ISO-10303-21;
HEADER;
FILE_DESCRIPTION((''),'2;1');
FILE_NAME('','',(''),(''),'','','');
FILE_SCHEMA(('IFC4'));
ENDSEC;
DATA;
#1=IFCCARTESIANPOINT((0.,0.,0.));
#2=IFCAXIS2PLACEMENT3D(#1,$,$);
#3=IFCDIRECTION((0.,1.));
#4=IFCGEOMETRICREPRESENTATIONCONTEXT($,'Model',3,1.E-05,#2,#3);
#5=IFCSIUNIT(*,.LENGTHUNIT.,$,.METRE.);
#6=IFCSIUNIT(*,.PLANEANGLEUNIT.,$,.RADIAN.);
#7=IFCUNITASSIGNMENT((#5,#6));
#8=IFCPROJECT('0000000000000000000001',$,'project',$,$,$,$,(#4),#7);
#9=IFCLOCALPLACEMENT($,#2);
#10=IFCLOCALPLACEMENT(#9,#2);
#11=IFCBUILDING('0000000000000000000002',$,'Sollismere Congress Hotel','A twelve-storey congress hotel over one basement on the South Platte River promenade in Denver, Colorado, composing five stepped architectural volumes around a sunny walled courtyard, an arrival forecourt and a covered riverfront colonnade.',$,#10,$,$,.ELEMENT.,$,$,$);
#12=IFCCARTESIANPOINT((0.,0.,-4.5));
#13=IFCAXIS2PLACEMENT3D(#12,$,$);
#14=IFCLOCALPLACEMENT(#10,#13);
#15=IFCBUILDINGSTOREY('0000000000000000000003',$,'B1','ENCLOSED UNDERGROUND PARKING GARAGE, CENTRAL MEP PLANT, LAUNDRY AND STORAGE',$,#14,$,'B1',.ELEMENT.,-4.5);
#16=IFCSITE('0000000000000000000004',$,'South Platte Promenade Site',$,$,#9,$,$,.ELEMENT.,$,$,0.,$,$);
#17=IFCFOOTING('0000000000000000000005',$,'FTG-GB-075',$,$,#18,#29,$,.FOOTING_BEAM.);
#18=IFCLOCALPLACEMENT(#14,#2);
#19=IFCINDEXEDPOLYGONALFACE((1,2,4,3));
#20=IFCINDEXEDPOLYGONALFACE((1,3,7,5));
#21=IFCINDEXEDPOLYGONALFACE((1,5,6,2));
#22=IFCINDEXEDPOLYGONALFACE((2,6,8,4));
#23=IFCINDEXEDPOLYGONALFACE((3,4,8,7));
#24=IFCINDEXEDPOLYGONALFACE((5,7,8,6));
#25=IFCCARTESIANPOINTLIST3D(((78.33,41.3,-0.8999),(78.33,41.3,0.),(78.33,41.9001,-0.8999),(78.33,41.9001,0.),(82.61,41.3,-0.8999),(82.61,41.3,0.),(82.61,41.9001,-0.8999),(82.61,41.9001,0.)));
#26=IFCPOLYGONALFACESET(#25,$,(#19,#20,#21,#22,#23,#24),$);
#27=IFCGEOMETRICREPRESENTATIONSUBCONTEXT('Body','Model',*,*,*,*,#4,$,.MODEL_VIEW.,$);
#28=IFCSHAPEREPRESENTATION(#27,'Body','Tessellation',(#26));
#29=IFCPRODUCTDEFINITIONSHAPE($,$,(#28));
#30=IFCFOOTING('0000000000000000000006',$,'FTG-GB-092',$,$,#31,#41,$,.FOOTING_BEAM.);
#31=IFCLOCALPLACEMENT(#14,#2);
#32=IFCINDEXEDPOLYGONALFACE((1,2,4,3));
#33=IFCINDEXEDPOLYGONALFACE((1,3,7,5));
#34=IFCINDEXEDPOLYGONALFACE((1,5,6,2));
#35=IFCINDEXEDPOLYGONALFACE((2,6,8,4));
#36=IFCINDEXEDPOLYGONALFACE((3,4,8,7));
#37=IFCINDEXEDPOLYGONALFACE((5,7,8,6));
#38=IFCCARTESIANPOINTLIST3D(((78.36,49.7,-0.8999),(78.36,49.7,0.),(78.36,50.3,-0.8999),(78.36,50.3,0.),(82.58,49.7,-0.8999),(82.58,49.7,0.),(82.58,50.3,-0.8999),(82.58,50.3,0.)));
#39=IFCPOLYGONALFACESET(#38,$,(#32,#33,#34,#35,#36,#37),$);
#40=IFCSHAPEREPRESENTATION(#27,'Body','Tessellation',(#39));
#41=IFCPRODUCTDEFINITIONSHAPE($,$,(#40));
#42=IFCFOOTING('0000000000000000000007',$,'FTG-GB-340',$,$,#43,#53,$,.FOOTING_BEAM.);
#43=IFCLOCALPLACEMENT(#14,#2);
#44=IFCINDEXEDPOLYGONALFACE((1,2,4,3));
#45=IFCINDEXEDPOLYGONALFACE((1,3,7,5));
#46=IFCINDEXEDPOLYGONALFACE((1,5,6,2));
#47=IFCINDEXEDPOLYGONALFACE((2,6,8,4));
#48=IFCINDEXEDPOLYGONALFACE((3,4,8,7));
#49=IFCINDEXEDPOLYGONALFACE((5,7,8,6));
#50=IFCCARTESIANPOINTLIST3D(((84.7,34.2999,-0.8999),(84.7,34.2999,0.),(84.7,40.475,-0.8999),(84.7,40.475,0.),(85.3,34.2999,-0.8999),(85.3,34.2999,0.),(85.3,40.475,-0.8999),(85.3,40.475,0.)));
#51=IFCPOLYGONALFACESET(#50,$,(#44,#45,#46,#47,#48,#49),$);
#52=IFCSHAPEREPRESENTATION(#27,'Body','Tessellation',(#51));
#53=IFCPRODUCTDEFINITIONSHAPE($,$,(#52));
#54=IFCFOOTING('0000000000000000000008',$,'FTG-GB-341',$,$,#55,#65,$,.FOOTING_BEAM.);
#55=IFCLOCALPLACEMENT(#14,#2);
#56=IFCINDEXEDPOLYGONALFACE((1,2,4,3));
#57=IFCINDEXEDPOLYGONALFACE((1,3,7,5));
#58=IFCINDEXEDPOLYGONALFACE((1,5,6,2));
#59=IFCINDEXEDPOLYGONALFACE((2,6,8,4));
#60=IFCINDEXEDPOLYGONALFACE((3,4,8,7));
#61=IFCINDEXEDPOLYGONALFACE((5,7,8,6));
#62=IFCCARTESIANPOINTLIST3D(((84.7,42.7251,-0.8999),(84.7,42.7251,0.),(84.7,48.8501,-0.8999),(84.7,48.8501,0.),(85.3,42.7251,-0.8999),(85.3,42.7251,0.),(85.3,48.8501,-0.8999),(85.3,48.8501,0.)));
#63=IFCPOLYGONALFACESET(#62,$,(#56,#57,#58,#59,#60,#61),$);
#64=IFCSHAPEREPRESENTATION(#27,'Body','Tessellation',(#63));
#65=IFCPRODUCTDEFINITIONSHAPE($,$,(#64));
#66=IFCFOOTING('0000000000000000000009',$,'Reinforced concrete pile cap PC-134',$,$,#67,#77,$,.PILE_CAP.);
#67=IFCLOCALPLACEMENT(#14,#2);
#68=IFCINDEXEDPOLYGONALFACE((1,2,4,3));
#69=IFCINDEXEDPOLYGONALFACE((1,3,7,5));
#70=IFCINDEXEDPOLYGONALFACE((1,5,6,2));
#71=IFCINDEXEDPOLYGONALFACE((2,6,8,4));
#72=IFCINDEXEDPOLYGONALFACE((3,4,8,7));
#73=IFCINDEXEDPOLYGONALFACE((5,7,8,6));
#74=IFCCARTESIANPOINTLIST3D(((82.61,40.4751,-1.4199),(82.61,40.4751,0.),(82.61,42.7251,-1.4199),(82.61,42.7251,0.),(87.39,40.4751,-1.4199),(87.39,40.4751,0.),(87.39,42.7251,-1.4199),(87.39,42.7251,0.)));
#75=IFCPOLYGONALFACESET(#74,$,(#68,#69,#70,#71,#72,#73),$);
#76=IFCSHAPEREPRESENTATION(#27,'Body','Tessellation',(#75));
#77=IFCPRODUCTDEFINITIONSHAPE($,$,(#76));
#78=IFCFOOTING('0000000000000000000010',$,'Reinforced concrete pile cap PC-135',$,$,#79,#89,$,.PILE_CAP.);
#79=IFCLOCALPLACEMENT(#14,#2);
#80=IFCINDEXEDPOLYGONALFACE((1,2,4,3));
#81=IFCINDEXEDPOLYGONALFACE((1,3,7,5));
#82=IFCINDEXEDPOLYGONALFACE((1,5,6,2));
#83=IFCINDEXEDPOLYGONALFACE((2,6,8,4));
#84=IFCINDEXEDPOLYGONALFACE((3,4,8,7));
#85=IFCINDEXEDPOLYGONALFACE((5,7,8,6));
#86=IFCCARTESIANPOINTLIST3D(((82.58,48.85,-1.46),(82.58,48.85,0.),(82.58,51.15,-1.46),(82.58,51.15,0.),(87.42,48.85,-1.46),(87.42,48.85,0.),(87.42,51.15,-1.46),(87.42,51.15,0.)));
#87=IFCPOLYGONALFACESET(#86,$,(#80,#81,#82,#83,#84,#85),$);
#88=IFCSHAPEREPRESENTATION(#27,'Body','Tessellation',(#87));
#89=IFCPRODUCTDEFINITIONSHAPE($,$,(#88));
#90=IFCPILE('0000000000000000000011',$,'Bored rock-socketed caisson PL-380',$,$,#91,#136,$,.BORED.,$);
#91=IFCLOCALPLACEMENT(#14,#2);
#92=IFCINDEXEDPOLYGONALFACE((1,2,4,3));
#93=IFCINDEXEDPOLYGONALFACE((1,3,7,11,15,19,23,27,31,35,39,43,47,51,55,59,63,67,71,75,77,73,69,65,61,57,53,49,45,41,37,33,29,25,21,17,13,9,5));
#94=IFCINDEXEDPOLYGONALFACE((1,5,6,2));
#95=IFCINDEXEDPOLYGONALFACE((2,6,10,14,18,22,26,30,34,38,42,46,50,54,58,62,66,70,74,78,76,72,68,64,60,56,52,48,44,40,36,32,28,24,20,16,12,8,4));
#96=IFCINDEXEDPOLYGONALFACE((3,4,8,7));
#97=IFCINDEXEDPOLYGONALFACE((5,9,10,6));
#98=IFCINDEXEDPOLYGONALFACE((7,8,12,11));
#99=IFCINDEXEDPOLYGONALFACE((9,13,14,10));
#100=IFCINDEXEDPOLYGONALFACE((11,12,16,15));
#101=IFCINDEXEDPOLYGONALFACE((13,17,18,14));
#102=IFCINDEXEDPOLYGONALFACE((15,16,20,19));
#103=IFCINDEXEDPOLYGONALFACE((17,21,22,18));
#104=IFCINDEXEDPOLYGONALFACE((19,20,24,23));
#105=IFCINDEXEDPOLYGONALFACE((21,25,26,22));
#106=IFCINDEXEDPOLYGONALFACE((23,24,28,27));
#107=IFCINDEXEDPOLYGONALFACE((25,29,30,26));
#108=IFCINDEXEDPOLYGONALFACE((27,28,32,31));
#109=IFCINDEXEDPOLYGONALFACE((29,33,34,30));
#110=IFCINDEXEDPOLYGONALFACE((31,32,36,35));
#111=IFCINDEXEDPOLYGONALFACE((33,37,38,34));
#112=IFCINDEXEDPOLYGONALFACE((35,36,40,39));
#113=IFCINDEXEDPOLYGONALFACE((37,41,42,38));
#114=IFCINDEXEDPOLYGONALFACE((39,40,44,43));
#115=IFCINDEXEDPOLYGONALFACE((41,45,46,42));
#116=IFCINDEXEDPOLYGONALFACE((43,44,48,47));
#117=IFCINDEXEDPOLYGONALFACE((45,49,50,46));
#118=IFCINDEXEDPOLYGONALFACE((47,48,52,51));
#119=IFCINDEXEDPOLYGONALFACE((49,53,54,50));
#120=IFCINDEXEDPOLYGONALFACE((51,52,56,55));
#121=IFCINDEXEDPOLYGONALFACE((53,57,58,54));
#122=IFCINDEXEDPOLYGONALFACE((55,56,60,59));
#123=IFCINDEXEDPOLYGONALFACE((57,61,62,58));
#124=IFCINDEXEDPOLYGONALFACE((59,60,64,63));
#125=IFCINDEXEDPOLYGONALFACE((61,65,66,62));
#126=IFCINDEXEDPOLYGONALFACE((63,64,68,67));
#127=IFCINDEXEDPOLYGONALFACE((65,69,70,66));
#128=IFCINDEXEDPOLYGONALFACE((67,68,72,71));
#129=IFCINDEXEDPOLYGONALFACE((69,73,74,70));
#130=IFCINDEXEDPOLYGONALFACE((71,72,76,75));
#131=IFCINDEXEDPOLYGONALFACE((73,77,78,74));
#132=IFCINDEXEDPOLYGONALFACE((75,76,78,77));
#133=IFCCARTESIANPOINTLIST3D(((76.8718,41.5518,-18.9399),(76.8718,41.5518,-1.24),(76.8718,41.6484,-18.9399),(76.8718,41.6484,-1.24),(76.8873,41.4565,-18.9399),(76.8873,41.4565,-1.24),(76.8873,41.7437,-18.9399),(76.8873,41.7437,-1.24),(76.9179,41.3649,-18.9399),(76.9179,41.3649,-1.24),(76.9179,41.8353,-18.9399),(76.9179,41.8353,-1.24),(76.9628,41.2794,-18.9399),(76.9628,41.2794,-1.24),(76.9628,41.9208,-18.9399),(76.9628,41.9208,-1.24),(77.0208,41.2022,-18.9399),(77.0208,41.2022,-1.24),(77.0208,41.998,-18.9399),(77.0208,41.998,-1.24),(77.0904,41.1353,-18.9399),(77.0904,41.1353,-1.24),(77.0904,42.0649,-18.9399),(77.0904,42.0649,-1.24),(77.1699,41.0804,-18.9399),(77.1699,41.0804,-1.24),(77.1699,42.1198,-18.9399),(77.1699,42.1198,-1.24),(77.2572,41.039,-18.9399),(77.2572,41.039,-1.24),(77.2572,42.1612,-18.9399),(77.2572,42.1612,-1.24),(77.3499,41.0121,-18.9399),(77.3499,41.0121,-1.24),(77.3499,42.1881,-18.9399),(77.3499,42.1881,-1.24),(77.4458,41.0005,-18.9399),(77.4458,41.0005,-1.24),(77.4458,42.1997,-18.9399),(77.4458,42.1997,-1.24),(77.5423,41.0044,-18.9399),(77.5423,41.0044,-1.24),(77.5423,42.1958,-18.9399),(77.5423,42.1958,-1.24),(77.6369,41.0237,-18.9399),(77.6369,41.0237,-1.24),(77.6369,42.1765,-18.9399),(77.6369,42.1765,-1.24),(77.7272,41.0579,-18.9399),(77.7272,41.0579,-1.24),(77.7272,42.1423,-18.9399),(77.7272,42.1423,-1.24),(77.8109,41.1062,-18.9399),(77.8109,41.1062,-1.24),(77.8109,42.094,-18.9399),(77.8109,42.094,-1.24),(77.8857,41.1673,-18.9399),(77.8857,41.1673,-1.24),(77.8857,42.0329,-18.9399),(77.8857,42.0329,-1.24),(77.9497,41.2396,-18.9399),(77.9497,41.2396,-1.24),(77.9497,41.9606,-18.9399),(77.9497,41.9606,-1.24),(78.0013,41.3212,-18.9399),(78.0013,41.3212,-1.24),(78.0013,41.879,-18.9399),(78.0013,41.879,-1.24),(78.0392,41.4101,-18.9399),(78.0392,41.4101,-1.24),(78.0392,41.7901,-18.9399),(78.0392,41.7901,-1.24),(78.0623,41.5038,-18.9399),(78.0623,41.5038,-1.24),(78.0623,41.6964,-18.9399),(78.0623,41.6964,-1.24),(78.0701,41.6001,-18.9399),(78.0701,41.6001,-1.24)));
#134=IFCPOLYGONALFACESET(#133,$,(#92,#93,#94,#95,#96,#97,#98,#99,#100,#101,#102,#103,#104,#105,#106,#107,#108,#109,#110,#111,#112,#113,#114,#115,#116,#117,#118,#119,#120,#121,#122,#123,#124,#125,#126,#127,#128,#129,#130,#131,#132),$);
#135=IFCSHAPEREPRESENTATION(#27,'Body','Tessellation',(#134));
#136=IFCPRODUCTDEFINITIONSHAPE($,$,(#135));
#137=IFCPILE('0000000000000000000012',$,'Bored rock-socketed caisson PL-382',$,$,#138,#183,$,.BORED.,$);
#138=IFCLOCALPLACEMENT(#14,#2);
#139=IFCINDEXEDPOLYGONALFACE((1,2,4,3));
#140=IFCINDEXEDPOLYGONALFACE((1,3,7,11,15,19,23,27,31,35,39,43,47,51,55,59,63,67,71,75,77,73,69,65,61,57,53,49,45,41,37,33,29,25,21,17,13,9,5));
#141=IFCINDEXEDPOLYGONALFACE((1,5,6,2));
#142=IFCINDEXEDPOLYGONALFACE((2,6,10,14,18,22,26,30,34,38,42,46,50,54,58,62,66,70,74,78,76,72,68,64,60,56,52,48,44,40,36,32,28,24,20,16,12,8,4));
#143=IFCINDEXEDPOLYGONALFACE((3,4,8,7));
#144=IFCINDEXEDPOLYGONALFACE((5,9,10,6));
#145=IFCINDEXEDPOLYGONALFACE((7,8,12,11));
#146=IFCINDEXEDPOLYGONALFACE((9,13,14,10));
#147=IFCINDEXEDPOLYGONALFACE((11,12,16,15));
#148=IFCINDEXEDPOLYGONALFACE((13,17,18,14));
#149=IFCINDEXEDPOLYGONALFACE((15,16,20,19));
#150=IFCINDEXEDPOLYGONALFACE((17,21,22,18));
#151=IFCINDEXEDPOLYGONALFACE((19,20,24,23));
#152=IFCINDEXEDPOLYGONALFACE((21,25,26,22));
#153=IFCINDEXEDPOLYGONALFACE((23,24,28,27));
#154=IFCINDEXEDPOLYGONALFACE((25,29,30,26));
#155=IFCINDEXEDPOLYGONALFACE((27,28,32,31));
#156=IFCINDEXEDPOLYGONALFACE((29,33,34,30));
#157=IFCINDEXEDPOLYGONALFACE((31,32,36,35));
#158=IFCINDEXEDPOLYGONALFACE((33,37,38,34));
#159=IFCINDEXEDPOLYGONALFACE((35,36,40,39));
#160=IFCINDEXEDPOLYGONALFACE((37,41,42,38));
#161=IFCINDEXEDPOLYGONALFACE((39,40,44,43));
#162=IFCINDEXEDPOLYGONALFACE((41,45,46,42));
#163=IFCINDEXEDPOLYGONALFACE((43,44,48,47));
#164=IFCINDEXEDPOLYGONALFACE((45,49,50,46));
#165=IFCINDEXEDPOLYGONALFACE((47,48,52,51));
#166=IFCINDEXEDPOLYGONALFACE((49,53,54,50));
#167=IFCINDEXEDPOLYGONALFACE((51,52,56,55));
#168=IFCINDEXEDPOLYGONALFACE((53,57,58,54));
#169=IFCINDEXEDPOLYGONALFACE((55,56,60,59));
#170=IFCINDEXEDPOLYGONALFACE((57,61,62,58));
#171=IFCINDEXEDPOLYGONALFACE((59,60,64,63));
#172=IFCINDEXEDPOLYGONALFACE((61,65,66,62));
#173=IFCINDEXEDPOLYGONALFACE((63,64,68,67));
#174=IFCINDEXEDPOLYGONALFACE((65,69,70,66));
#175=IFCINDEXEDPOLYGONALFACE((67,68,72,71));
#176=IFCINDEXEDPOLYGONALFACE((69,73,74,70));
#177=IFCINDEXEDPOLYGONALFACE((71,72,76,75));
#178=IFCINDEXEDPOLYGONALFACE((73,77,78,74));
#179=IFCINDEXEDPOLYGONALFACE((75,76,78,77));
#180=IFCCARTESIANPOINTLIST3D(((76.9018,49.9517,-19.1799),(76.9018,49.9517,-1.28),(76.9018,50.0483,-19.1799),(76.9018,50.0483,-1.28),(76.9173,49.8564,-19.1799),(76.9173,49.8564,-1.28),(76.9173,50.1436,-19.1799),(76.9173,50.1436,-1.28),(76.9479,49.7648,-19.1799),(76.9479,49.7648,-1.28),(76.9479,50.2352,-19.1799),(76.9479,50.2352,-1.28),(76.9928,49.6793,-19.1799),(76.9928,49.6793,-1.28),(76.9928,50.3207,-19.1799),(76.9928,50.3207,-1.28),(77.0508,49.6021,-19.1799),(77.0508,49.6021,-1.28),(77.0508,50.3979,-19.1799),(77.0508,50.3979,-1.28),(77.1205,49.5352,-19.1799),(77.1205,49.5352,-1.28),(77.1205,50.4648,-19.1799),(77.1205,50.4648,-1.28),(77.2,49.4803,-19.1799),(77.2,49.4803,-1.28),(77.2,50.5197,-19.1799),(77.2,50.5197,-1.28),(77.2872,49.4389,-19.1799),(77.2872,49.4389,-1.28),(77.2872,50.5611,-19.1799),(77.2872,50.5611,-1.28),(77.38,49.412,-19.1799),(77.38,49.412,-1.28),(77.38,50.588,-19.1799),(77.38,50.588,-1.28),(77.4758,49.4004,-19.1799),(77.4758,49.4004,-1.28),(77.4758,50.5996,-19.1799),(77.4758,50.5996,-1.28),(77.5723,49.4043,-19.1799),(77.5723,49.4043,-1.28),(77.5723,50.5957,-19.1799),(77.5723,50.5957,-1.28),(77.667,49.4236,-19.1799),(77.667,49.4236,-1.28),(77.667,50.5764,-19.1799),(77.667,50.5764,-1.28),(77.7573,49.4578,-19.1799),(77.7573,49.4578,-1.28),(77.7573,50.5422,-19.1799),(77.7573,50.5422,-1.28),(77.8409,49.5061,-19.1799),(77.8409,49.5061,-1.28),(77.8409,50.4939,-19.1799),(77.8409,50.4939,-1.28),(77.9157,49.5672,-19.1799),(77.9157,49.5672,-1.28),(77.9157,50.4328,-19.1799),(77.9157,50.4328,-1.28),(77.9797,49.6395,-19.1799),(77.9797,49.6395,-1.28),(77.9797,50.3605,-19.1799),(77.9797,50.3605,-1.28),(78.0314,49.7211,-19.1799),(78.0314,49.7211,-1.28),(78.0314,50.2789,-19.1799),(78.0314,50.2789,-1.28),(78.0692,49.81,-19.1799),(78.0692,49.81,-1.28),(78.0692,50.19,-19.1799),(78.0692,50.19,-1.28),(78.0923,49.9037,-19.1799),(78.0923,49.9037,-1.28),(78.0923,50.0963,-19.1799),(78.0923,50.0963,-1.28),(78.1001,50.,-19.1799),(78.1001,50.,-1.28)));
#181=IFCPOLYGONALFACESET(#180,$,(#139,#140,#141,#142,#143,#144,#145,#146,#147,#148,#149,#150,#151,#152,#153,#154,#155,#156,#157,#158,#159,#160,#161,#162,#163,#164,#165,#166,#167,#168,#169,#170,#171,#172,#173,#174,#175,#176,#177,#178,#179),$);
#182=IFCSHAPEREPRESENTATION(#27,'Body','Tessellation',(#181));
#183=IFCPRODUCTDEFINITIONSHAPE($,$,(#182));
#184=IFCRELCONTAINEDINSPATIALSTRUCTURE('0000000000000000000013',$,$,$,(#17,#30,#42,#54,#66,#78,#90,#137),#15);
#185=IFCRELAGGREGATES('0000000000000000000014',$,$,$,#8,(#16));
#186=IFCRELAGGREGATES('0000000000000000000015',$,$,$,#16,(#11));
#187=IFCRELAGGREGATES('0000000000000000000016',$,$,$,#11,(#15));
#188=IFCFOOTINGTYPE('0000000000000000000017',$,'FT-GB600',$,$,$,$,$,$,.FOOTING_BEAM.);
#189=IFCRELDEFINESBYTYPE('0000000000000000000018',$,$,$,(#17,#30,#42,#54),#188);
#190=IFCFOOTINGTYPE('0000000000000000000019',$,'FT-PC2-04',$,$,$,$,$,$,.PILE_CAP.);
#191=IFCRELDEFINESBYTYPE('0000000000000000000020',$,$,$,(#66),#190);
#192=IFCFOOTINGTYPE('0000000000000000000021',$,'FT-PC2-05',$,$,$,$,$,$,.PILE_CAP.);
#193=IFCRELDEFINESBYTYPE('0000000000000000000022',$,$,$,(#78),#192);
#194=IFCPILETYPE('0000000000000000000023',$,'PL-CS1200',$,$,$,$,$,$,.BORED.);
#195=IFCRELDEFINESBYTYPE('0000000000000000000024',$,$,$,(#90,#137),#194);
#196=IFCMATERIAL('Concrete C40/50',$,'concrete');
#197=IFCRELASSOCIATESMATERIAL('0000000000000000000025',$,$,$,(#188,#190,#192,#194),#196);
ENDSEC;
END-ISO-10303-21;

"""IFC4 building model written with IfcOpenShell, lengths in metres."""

from ifc_helpers import new_model, si_unit, direction, frame, origin, origin_2d, place, context, subcontext, project, spatial, rectangle, circle, extrude, material, material_profile, profile_set, type_object, element, save


model = new_model("IFC4")

# Units and contexts
model_context = context("Model", 3, precision=1e-05, world=origin(), true_north=direction((0.0, 1.0)))
body_context = subcontext(model_context, "Body", "Model", "MODEL_VIEW")
ifc_project = project(units=[si_unit("LENGTHUNIT", "METRE"), si_unit("PLANEANGLEUNIT", "RADIAN")], contexts=[model_context])

# Site, building, storey
site_placement = place(None, origin())
site = spatial("IfcSite", under=ifc_project, at=site_placement, Name="South Platte Promenade Site", CompositionType="ELEMENT", RefElevation=0.0)
building_placement = place(site_placement, origin())
building = spatial("IfcBuilding", under=site, at=building_placement, Name="Sollismere Congress Hotel", Description="A twelve-storey congress hotel over one basement on the South Platte River promenade in Denver, Colorado, composing five stepped architectural volumes around a sunny walled courtyard, an arrival forecourt and a covered riverfront colonnade.", CompositionType="ELEMENT")
storey_placement = place(building_placement, frame((0.0, 0.0, -4.5)))
storey = spatial("IfcBuildingStorey", under=building, at=storey_placement, Name="B1", Description="ENCLOSED UNDERGROUND PARKING GARAGE, CENTRAL MEP PLANT, LAUNDRY AND STORAGE", LongName="B1", CompositionType="ELEMENT", Elevation=-4.5)

# Footings
ifc_material_1 = material(Name="Concrete C40/50", Category="concrete")
footing_type_1 = type_object("IfcFootingType", Name="FT-GB600", PredefinedType="FOOTING_BEAM", material=ifc_material_1)
footing_1_placement = place(storey_placement, frame((80.47, 41.6001, -0.8999), z_axis=(0.0, 0.0, 1.0), x_axis=(1.0, 0.0, 0.0)))
element("IfcFooting", 1, at=footing_1_placement, inside=storey, type_object=footing_type_1, Name="FTG-GB-075", PredefinedType="FOOTING_BEAM", context=body_context, shape_type="SweptSolid", body=[
    extrude(rectangle(XDim=4.28, YDim=0.6001, at=origin_2d()), origin(), (0.0, 0.0, 1.0), 0.8999),
])
footing_2_placement = place(storey_placement, frame((80.47, 50.0, -0.8999), z_axis=(0.0, 0.0, 1.0), x_axis=(1.0, 0.0, 0.0)))
element("IfcFooting", 2, at=footing_2_placement, inside=storey, type_object=footing_type_1, Name="FTG-GB-092", PredefinedType="FOOTING_BEAM", context=body_context, shape_type="SweptSolid", body=[
    extrude(rectangle(XDim=4.22, YDim=0.6001, at=origin_2d()), origin(), (0.0, 0.0, 1.0), 0.8999),
])
footing_3_placement = place(storey_placement, frame((85.0, 37.3875, -0.8999), z_axis=(0.0, 0.0, 1.0), x_axis=(0.0, 1.0, 0.0)))
element("IfcFooting", 3, at=footing_3_placement, inside=storey, type_object=footing_type_1, Name="FTG-GB-340", PredefinedType="FOOTING_BEAM", context=body_context, shape_type="SweptSolid", body=[
    extrude(rectangle(XDim=6.175, YDim=0.6001, at=origin_2d()), origin(), (0.0, 0.0, 1.0), 0.8999),
])
footing_4_placement = place(storey_placement, frame((85.0, 45.7876, -0.8999), z_axis=(0.0, 0.0, 1.0), x_axis=(0.0, 1.0, 0.0)))
element("IfcFooting", 4, at=footing_4_placement, inside=storey, type_object=footing_type_1, Name="FTG-GB-341", PredefinedType="FOOTING_BEAM", context=body_context, shape_type="SweptSolid", body=[
    extrude(rectangle(XDim=6.125, YDim=0.6001, at=origin_2d()), origin(), (0.0, 0.0, 1.0), 0.8999),
])
footing_type_2 = type_object("IfcFootingType", Name="FT-PC2-04", PredefinedType="PILE_CAP", material=ifc_material_1)
footing_5_placement = place(storey_placement, frame((85.0, 41.6001, -1.4199), z_axis=(0.0, 0.0, 1.0), x_axis=(1.0, 0.0, 0.0)))
element("IfcFooting", 5, at=footing_5_placement, inside=storey, type_object=footing_type_2, Name="Reinforced concrete pile cap PC-134", PredefinedType="PILE_CAP", context=body_context, shape_type="SweptSolid", body=[
    extrude(rectangle(XDim=4.78, YDim=2.25, at=origin_2d()), origin(), (0.0, 0.0, 1.0), 1.4199),
])
footing_type_3 = type_object("IfcFootingType", Name="FT-PC2-05", PredefinedType="PILE_CAP", material=ifc_material_1)
footing_6_placement = place(storey_placement, frame((85.0, 50.0, -1.46), z_axis=(0.0, 0.0, 1.0), x_axis=(1.0, 0.0, 0.0)))
element("IfcFooting", 6, at=footing_6_placement, inside=storey, type_object=footing_type_3, Name="Reinforced concrete pile cap PC-135", PredefinedType="PILE_CAP", context=body_context, shape_type="SweptSolid", body=[
    extrude(rectangle(XDim=4.8401, YDim=2.3, at=origin_2d()), origin(), (0.0, 0.0, 1.0), 1.46),
])

# Piles
ifc_material_profile_1 = material_profile(ifc_material_1, circle(Radius=0.6001, at=origin_2d()), Name="CAISSON1200")
ifc_profile_set_1 = profile_set([ifc_material_profile_1], Name="Concrete C40/50")
pile_type = type_object("IfcPileType", Name="PL-CS1200", PredefinedType="BORED", material=ifc_profile_set_1)
pile_1_placement = place(storey_placement, frame((77.47, 41.6001, -1.24), z_axis=(0.0, 0.0, -1.0), x_axis=(1.0, 0.0, 0.0)))
element("IfcPile", 7, at=pile_1_placement, inside=storey, type_object=pile_type, Name="Bored rock-socketed caisson PL-380", PredefinedType="BORED", context=body_context, shape_type="SweptSolid", body=[
    extrude(circle(Radius=0.6001, at=origin_2d()), origin(), (0.0, 0.0, 1.0), 17.7),
])
pile_2_placement = place(storey_placement, frame((77.5, 50.0, -1.28), z_axis=(0.0, 0.0, -1.0), x_axis=(1.0, 0.0, 0.0)))
element("IfcPile", 8, at=pile_2_placement, inside=storey, type_object=pile_type, Name="Bored rock-socketed caisson PL-382", PredefinedType="BORED", context=body_context, shape_type="SweptSolid", body=[
    extrude(circle(Radius=0.6001, at=origin_2d()), origin(), (0.0, 0.0, 1.0), 17.8999),
])

save(model, "model.ifc")
